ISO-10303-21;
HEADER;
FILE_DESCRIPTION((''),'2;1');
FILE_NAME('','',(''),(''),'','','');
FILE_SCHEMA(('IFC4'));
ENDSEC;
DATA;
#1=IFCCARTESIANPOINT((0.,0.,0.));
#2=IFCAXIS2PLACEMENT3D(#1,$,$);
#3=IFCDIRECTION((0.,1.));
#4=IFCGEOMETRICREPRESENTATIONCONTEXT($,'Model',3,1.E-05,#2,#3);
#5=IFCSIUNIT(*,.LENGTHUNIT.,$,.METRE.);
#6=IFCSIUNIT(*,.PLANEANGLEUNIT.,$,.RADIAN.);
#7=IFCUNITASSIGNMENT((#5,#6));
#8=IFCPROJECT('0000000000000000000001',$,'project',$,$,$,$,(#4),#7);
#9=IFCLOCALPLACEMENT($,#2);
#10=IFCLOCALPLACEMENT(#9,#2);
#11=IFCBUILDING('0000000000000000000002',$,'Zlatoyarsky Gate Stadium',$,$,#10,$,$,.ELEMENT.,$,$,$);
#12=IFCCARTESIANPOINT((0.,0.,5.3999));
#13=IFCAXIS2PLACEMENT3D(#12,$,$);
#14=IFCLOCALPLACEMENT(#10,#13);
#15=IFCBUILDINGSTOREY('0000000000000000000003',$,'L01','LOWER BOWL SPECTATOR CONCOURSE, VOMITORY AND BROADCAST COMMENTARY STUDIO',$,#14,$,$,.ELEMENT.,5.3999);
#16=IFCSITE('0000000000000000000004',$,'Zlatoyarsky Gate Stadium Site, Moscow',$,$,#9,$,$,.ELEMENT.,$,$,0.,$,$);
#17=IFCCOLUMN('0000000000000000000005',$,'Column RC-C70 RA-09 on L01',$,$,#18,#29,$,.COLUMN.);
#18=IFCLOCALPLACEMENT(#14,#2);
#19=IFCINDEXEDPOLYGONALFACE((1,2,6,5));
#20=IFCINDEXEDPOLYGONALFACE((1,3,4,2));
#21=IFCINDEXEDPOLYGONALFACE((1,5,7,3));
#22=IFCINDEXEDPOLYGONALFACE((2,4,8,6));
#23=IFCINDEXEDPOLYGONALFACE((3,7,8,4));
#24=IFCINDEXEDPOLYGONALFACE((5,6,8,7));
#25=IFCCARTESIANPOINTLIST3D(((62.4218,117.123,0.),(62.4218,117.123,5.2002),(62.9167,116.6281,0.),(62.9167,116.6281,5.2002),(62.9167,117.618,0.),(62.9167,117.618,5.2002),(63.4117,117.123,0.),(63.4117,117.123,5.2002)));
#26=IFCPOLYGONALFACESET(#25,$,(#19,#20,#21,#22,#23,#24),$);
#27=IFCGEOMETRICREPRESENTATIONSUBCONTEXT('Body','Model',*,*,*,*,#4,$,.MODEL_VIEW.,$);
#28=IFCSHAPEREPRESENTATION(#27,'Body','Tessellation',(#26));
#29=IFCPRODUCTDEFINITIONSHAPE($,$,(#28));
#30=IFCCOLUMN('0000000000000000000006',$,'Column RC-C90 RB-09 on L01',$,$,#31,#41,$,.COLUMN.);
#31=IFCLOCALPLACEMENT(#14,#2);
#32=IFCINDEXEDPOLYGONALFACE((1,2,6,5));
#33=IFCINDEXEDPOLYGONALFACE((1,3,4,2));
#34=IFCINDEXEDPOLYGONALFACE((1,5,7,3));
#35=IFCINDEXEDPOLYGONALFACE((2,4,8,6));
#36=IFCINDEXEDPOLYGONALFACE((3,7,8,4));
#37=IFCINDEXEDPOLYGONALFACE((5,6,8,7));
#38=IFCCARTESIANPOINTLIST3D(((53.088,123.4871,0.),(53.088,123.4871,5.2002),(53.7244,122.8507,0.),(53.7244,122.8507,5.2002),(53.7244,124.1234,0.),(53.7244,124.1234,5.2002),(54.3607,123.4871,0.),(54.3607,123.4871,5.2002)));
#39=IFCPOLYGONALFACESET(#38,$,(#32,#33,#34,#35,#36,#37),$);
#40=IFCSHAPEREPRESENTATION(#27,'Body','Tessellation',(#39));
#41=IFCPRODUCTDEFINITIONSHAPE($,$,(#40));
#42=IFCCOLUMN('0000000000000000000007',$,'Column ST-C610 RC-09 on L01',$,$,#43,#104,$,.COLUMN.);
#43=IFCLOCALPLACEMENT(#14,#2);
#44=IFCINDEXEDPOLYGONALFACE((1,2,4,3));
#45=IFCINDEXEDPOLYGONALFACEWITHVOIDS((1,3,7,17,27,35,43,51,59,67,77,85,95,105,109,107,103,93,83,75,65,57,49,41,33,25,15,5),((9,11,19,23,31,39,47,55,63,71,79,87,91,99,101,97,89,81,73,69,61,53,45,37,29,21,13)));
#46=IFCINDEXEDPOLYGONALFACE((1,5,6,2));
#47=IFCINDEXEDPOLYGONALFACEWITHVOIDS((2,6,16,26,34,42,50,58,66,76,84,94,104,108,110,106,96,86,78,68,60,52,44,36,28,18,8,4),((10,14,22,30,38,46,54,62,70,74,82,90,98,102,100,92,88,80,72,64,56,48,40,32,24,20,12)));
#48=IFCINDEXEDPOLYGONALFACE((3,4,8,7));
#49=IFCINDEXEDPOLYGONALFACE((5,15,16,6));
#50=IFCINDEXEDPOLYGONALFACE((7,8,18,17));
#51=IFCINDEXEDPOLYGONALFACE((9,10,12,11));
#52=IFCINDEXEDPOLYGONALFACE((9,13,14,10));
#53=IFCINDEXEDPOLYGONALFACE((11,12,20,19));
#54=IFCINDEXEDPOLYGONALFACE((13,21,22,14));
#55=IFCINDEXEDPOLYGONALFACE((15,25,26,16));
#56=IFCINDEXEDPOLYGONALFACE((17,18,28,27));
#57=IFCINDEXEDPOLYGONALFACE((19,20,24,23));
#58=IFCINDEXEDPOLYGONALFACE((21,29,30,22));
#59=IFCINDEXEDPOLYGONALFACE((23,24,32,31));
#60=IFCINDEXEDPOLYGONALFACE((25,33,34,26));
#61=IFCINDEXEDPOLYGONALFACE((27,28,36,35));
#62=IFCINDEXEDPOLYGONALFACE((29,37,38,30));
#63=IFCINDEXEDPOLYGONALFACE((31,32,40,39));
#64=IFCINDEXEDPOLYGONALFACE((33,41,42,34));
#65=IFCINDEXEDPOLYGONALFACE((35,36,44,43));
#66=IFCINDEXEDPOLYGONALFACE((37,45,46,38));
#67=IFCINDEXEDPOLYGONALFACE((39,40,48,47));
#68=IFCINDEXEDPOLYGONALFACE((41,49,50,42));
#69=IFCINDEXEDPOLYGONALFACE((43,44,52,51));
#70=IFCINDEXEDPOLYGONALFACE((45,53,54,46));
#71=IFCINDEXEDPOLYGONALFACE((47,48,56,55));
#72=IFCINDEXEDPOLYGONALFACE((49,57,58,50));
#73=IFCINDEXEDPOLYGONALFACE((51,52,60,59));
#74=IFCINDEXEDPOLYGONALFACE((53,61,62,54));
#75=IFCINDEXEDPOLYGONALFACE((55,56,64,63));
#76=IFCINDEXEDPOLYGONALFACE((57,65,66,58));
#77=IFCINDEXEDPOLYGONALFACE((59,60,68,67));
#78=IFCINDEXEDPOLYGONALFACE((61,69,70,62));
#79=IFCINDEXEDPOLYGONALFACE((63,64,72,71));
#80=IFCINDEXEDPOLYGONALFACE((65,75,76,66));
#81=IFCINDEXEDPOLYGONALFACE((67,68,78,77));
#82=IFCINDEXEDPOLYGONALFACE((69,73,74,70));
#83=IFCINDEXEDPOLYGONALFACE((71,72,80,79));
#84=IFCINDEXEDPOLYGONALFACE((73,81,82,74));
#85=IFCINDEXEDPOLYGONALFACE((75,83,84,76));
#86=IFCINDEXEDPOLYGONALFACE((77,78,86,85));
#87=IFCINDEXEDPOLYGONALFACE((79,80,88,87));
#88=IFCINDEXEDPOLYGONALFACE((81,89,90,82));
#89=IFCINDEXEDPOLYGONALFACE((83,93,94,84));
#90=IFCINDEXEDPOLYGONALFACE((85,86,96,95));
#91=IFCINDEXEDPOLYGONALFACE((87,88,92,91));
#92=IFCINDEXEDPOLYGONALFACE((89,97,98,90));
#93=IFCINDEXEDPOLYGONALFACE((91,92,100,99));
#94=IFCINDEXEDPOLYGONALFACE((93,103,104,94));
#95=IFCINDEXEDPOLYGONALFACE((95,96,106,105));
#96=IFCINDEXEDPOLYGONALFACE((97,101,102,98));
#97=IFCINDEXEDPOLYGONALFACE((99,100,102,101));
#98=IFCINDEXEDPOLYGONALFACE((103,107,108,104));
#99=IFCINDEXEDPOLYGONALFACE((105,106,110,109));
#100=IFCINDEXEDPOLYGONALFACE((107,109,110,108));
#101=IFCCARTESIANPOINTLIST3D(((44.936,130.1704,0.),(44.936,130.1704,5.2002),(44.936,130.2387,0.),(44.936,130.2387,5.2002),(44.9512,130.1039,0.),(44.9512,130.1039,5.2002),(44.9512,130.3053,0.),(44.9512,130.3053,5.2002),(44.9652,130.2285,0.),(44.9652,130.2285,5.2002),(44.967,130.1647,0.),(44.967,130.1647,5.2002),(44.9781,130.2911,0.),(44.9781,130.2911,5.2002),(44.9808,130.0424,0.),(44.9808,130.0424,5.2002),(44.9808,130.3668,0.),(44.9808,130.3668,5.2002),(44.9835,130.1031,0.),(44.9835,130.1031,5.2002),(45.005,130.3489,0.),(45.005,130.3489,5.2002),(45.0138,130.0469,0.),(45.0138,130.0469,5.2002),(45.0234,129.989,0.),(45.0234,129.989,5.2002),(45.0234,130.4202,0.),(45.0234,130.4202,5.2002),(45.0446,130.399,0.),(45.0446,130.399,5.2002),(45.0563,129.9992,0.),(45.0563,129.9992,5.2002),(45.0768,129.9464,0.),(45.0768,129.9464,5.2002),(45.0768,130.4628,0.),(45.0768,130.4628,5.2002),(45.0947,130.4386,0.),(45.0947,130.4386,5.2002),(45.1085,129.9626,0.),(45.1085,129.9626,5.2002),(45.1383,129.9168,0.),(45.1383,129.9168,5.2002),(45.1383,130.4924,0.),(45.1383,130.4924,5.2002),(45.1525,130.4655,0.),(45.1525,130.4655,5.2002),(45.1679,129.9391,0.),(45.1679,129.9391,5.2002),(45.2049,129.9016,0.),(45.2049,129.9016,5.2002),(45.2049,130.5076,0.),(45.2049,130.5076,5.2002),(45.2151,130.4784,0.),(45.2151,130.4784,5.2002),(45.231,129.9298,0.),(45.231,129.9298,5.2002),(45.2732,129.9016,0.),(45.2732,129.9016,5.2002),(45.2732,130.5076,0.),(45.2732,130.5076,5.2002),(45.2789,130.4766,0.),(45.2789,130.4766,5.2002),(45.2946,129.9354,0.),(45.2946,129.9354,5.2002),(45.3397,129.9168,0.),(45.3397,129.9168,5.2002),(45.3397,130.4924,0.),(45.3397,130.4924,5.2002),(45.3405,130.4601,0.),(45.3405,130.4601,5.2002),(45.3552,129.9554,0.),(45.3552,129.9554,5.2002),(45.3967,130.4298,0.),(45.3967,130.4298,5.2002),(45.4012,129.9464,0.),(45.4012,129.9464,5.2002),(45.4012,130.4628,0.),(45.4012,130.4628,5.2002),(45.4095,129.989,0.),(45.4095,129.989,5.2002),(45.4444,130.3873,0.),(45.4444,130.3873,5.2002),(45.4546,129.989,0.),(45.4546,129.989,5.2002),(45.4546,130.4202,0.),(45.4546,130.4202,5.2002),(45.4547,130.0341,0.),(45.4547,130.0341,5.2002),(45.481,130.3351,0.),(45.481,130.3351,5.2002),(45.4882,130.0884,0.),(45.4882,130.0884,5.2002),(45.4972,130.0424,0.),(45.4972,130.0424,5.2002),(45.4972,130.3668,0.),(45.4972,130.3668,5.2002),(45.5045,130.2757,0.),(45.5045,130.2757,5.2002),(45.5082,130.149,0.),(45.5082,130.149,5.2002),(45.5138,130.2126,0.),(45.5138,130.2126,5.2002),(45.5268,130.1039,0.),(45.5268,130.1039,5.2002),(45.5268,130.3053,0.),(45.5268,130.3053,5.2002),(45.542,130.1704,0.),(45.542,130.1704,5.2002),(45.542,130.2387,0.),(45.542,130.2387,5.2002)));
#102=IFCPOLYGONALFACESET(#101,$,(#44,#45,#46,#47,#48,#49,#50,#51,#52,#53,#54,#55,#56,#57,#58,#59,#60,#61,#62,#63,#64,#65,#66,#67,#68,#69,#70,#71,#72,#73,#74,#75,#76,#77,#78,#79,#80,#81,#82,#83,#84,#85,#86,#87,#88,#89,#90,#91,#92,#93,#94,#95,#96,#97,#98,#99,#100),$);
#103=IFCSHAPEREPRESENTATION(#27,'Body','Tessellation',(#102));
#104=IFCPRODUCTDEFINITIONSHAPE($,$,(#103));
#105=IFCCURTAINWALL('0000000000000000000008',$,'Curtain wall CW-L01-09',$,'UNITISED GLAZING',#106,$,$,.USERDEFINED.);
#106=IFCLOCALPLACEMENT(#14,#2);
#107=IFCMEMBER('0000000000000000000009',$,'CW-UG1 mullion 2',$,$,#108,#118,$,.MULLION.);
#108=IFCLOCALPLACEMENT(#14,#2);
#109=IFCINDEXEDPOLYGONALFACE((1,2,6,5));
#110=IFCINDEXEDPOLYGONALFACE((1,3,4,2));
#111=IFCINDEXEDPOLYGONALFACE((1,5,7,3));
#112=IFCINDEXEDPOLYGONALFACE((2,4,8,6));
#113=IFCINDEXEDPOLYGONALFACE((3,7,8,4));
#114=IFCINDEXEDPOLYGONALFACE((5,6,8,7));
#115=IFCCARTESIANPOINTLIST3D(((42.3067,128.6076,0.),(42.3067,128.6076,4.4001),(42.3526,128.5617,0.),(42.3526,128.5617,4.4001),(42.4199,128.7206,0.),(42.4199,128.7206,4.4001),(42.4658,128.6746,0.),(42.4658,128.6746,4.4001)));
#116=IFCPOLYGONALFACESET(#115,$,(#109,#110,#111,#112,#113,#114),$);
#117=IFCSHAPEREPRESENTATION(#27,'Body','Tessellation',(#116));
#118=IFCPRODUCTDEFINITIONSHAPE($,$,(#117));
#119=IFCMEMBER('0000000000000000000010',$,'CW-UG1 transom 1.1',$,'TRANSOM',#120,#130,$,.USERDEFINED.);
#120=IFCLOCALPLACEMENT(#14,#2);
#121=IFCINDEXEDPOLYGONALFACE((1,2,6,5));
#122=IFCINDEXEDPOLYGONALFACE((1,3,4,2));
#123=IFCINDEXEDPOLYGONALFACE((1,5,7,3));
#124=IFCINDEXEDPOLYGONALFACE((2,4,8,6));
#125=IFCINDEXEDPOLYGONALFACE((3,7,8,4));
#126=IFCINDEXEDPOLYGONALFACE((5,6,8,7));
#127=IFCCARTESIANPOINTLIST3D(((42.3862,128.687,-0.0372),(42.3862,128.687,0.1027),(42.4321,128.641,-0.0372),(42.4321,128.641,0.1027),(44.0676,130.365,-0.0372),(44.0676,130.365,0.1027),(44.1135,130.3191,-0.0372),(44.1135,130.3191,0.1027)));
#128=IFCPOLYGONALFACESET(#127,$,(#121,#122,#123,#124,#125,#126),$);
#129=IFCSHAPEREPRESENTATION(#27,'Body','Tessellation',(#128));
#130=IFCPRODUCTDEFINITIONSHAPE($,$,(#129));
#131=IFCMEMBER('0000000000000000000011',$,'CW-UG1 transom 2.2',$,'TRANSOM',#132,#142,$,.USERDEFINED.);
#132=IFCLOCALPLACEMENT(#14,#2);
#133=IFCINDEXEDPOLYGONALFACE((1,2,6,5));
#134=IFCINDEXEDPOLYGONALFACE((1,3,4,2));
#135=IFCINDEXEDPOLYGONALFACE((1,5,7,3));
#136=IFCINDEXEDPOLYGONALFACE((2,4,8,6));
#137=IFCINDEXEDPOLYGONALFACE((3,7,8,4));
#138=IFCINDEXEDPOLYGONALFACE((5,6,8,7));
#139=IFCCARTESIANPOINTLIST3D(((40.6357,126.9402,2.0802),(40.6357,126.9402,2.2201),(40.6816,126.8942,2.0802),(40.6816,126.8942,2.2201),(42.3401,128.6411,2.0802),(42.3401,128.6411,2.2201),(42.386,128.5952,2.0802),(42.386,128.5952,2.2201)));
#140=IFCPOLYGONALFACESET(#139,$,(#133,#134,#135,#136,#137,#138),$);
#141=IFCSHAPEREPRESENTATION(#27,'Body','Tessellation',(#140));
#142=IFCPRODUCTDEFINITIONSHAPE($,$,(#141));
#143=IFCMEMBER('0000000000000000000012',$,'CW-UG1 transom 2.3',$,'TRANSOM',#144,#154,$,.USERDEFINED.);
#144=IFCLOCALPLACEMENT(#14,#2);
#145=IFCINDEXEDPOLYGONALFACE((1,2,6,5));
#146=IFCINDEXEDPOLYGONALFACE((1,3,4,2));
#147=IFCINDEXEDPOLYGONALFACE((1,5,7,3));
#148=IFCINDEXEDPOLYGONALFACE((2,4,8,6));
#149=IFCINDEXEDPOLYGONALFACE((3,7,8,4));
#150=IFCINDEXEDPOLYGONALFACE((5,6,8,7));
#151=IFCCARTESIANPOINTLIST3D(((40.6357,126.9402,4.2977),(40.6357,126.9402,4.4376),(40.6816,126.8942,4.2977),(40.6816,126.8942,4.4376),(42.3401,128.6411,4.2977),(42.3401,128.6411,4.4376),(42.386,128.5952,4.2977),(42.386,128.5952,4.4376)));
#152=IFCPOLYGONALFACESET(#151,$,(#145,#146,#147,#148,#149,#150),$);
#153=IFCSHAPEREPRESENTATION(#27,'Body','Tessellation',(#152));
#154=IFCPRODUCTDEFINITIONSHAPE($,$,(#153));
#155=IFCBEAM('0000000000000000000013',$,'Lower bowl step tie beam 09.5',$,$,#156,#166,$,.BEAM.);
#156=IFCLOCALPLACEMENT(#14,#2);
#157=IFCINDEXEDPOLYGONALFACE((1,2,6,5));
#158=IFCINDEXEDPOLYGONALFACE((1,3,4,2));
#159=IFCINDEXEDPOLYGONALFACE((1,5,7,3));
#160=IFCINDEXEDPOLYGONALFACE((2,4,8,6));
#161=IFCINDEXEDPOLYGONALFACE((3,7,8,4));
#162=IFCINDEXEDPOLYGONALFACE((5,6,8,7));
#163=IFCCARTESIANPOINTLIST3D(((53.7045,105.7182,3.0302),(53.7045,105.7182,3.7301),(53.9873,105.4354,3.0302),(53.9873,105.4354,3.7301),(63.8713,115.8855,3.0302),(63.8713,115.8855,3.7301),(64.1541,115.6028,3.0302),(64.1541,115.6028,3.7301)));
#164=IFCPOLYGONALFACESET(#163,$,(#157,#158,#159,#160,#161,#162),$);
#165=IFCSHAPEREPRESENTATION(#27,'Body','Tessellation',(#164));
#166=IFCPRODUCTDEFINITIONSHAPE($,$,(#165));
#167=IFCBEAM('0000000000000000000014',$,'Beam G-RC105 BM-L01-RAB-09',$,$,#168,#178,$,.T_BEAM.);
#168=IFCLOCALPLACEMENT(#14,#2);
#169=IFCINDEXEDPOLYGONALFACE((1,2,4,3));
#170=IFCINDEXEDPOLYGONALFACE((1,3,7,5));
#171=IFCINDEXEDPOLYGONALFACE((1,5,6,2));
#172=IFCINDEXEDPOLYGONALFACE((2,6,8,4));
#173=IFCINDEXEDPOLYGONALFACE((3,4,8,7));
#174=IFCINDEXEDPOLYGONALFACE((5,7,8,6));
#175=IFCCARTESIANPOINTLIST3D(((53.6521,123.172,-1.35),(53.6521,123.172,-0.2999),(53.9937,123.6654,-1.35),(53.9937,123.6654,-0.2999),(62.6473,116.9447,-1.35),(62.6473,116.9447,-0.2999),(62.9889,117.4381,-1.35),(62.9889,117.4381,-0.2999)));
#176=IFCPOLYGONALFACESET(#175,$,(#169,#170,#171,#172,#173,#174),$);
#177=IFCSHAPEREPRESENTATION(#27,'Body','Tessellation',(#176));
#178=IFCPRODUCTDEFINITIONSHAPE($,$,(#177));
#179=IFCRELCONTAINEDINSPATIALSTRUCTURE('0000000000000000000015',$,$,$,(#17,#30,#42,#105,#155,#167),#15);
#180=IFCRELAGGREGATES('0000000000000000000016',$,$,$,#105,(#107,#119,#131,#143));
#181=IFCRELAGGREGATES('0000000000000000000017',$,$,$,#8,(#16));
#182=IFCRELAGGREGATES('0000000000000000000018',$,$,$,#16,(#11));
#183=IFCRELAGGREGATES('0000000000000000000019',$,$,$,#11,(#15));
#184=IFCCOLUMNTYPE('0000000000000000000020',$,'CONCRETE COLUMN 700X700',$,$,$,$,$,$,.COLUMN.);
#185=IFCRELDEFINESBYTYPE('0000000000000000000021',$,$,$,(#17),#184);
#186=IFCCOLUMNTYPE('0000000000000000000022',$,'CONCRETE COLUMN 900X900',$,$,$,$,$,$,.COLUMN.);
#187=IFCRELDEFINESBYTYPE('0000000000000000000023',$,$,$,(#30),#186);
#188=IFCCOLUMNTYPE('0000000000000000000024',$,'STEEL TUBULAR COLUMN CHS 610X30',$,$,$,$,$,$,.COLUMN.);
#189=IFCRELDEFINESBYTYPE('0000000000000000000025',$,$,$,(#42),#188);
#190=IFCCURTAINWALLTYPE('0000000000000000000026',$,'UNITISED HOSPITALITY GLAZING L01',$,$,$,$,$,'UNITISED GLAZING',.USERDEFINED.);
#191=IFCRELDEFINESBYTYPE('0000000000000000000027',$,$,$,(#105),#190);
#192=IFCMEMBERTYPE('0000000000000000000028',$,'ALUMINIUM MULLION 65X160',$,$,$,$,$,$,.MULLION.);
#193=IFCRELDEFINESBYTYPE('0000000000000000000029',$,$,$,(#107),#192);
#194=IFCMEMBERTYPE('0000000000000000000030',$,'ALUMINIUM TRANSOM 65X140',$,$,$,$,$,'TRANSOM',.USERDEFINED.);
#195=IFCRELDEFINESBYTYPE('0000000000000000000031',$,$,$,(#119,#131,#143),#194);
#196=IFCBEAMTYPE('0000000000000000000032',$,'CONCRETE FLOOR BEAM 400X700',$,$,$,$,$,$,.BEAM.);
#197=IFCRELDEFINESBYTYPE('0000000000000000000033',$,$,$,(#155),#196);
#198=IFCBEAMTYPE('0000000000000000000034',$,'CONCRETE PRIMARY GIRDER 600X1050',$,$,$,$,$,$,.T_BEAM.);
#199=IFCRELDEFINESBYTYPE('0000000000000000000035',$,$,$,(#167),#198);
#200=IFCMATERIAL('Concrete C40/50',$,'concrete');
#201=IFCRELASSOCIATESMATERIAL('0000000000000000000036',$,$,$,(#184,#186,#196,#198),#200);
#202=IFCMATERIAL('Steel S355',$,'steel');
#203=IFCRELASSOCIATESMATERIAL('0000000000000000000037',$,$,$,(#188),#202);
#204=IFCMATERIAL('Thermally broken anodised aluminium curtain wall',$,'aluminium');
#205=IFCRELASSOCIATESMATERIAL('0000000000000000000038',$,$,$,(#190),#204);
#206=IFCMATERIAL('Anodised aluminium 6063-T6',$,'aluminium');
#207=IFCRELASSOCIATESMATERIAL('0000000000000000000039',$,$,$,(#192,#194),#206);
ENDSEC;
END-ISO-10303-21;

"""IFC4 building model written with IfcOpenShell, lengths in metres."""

from ifc_helpers import new_model, si_unit, direction, frame, origin, origin_2d, place, context, subcontext, project, spatial, rectangle, hollow_circle, extrude, material, material_profile, profile_set, type_object, element, aggregate, save


model = new_model("IFC4")

# Units and contexts
model_context = context("Model", 3, precision=1e-05, world=origin(), true_north=direction((0.0, 1.0)))
body_context = subcontext(model_context, "Body", "Model", "MODEL_VIEW")
ifc_project = project(units=[si_unit("LENGTHUNIT", "METRE"), si_unit("PLANEANGLEUNIT", "RADIAN")], contexts=[model_context])

# Site, building, storey
site_placement = place(None, origin())
site = spatial("IfcSite", under=ifc_project, at=site_placement, Name="Zlatoyarsky Gate Stadium Site, Moscow", CompositionType="ELEMENT", RefElevation=0.0)
building_placement = place(site_placement, origin())
building = spatial("IfcBuilding", under=site, at=building_placement, Name="Zlatoyarsky Gate Stadium", CompositionType="ELEMENT")
storey_placement = place(building_placement, frame((0.0, 0.0, 5.3999)))
storey = spatial("IfcBuildingStorey", under=building, at=storey_placement, Name="L01", Description="LOWER BOWL SPECTATOR CONCOURSE, VOMITORY AND BROADCAST COMMENTARY STUDIO", CompositionType="ELEMENT", Elevation=5.3999)

# Columns
ifc_material_1 = material(Name="Concrete C40/50", Category="concrete")
ifc_material_profile_1 = material_profile(ifc_material_1, rectangle(XDim=0.7, YDim=0.7, at=origin_2d()), Name="RC COL 700X700")
ifc_profile_set_1 = profile_set([ifc_material_profile_1], Name="Concrete C40/50")
column_type_1 = type_object("IfcColumnType", Name="CONCRETE COLUMN 700X700", PredefinedType="COLUMN", material=ifc_profile_set_1)
column_1_placement = place(storey_placement, frame((62.9167, 117.123, 0.0), z_axis=(0.0, 0.0, 1.0), x_axis=(-0.707107, 0.707107, 0.0)))
element("IfcColumn", 1, at=column_1_placement, inside=storey, type_object=column_type_1, Name="Column RC-C70 RA-09 on L01", PredefinedType="COLUMN", context=body_context, shape_type="SweptSolid", body=[
    extrude(rectangle(XDim=0.7, YDim=0.7, at=origin_2d()), origin(), (0.0, 0.0, 1.0), 5.2002),
])
ifc_material_profile_2 = material_profile(ifc_material_1, rectangle(XDim=0.8999, YDim=0.8999, at=origin_2d()), Name="RC COL 900X900")
ifc_profile_set_2 = profile_set([ifc_material_profile_2], Name="Concrete C40/50")
column_type_2 = type_object("IfcColumnType", Name="CONCRETE COLUMN 900X900", PredefinedType="COLUMN", material=ifc_profile_set_2)
column_2_placement = place(storey_placement, frame((53.7244, 123.4871, 0.0), z_axis=(0.0, 0.0, 1.0), x_axis=(-0.707107, 0.707107, 0.0)))
element("IfcColumn", 2, at=column_2_placement, inside=storey, type_object=column_type_2, Name="Column RC-C90 RB-09 on L01", PredefinedType="COLUMN", context=body_context, shape_type="SweptSolid", body=[
    extrude(rectangle(XDim=0.8999, YDim=0.8999, at=origin_2d()), origin(), (0.0, 0.0, 1.0), 5.2002),
])
ifc_material_2 = material(Name="Steel S355", Category="steel")
ifc_material_profile_3 = material_profile(ifc_material_2, hollow_circle(Radius=0.3049, WallThickness=0.03, at=origin_2d()), Name="CHS 610X30")
ifc_profile_set_3 = profile_set([ifc_material_profile_3], Name="Steel S355")
column_type_3 = type_object("IfcColumnType", Name="STEEL TUBULAR COLUMN CHS 610X30", PredefinedType="COLUMN", material=ifc_profile_set_3)
column_3_placement = place(storey_placement, frame((45.239, 130.2046, 0.0), z_axis=(0.0, 0.0, 1.0), x_axis=(-0.707107, 0.707107, 0.0)))
element("IfcColumn", 3, at=column_3_placement, inside=storey, type_object=column_type_3, Name="Column ST-C610 RC-09 on L01", PredefinedType="COLUMN", context=body_context, shape_type="SweptSolid", body=[
    extrude(hollow_circle(Radius=0.3049, WallThickness=0.03, at=origin_2d()), origin(), (0.0, 0.0, 1.0), 5.2002),
])

# Curtain wall, members
ifc_material_3 = material(Name="Thermally broken anodised aluminium curtain wall", Category="aluminium")
curtain_wall_type = type_object("IfcCurtainWallType", Name="UNITISED HOSPITALITY GLAZING L01", ElementType="UNITISED GLAZING", PredefinedType="USERDEFINED", material=ifc_material_3)
curtain_wall_placement = place(storey_placement, origin())
curtain_wall = element("IfcCurtainWall", 4, at=curtain_wall_placement, inside=storey, type_object=curtain_wall_type, Name="Curtain wall CW-L01-09", ObjectType="UNITISED GLAZING", PredefinedType="USERDEFINED")
ifc_material_4 = material(Name="Anodised aluminium 6063-T6", Category="aluminium")
ifc_material_profile_4 = material_profile(ifc_material_4, rectangle(XDim=0.0649, YDim=0.1599, at=origin_2d()), Name="ALU 65X160")
ifc_profile_set_4 = profile_set([ifc_material_profile_4], Name="Anodised aluminium 6063-T6")
member_type_1 = type_object("IfcMemberType", Name="ALUMINIUM MULLION 65X160", PredefinedType="MULLION", material=ifc_profile_set_4)
member_1_placement = place(storey_placement, frame((42.3862, 128.6411, 0.0), z_axis=(0.0, 0.0, 1.0), x_axis=(0.706371, -0.707842, 0.0)))
member_1 = element("IfcMember", 5, at=member_1_placement, type_object=member_type_1, Name="CW-UG1 mullion 2", PredefinedType="MULLION", context=body_context, shape_type="SweptSolid", body=[
    extrude(rectangle(XDim=0.0649, YDim=0.1599, at=origin_2d()), origin(), (0.0, 0.0, 1.0), 4.4001),
])
ifc_material_profile_5 = material_profile(ifc_material_4, rectangle(XDim=0.0649, YDim=0.1399, at=origin_2d()), Name="ALU 65X140")
ifc_profile_set_5 = profile_set([ifc_material_profile_5], Name="Anodised aluminium 6063-T6")
member_type_2 = type_object("IfcMemberType", Name="ALUMINIUM TRANSOM 65X140", ElementType="TRANSOM", PredefinedType="USERDEFINED", material=ifc_profile_set_5)
member_2_placement = place(storey_placement, frame((44.0906, 130.342, 0.0327), z_axis=(-0.707826, -0.706387, 0.0), x_axis=(0.706387, -0.707826, 0.0)))
member_2 = element("IfcMember", 6, at=member_2_placement, type_object=member_type_2, Name="CW-UG1 transom 1.1", ObjectType="TRANSOM", PredefinedType="USERDEFINED", context=body_context, shape_type="SweptSolid", body=[
    extrude(rectangle(XDim=0.0649, YDim=0.1399, at=origin_2d()), origin(), (0.0, 0.0, 1.0), 2.3755),
])
member_3_placement = place(storey_placement, frame((42.363, 128.6182, 2.1501), z_axis=(-0.707816, -0.706397, 0.0), x_axis=(0.706397, -0.707816, 0.0)))
member_3 = element("IfcMember", 7, at=member_3_placement, type_object=member_type_2, Name="CW-UG1 transom 2.2", ObjectType="TRANSOM", PredefinedType="USERDEFINED", context=body_context, shape_type="SweptSolid", body=[
    extrude(rectangle(XDim=0.0649, YDim=0.1399, at=origin_2d()), origin(), (0.0, 0.0, 1.0), 2.408),
])
member_4_placement = place(storey_placement, frame((42.363, 128.6182, 4.3677), z_axis=(-0.707816, -0.706397, 0.0), x_axis=(0.706397, -0.707816, 0.0)))
member_4 = element("IfcMember", 8, at=member_4_placement, type_object=member_type_2, Name="CW-UG1 transom 2.3", ObjectType="TRANSOM", PredefinedType="USERDEFINED", context=body_context, shape_type="SweptSolid", body=[
    extrude(rectangle(XDim=0.0649, YDim=0.1399, at=origin_2d()), origin(), (0.0, 0.0, 1.0), 2.408),
])

# Beams
ifc_material_profile_6 = material_profile(ifc_material_1, rectangle(XDim=0.3999, YDim=0.7, at=origin_2d()), Name="RC BEAM 400X700")
ifc_profile_set_6 = profile_set([ifc_material_profile_6], Name="Concrete C40/50")
beam_type_1 = type_object("IfcBeamType", Name="CONCRETE FLOOR BEAM 400X700", PredefinedType="BEAM", material=ifc_profile_set_6)
beam_1_placement = place(storey_placement, frame((64.0127, 115.7441, 3.3801), z_axis=(-0.70709, -0.707124, 0.0), x_axis=(0.707124, -0.70709, 0.0)))
element("IfcBeam", 9, at=beam_1_placement, inside=storey, type_object=beam_type_1, Name="Lower bowl step tie beam 09.5", PredefinedType="BEAM", context=body_context, shape_type="SweptSolid", body=[
    extrude(rectangle(XDim=0.3999, YDim=0.7, at=origin_2d()), origin(), (0.0, 0.0, 1.0), 14.3784),
])
ifc_material_profile_7 = material_profile(ifc_material_1, rectangle(XDim=0.6001, YDim=1.05, at=origin_2d()), Name="RC GIRDER 600X1050")
ifc_profile_set_7 = profile_set([ifc_material_profile_7], Name="Concrete C40/50")
beam_type_2 = type_object("IfcBeamType", Name="CONCRETE PRIMARY GIRDER 600X1050", PredefinedType="T_BEAM", material=ifc_profile_set_7)
beam_2_placement = place(storey_placement, frame((62.8181, 117.1914, -0.825), z_axis=(-0.822196, 0.569204, 0.0), x_axis=(-0.569204, -0.822196, 0.0)))
element("IfcBeam", 10, at=beam_2_placement, inside=storey, type_object=beam_type_2, Name="Beam G-RC105 BM-L01-RAB-09", PredefinedType="T_BEAM", context=body_context, shape_type="SweptSolid", body=[
    extrude(rectangle(XDim=0.6001, YDim=1.05, at=origin_2d()), origin(), (0.0, 0.0, 1.0), 10.9404),
])

aggregate(curtain_wall, [member_1, member_2, member_3, member_4])

save(model, "model.ifc")
